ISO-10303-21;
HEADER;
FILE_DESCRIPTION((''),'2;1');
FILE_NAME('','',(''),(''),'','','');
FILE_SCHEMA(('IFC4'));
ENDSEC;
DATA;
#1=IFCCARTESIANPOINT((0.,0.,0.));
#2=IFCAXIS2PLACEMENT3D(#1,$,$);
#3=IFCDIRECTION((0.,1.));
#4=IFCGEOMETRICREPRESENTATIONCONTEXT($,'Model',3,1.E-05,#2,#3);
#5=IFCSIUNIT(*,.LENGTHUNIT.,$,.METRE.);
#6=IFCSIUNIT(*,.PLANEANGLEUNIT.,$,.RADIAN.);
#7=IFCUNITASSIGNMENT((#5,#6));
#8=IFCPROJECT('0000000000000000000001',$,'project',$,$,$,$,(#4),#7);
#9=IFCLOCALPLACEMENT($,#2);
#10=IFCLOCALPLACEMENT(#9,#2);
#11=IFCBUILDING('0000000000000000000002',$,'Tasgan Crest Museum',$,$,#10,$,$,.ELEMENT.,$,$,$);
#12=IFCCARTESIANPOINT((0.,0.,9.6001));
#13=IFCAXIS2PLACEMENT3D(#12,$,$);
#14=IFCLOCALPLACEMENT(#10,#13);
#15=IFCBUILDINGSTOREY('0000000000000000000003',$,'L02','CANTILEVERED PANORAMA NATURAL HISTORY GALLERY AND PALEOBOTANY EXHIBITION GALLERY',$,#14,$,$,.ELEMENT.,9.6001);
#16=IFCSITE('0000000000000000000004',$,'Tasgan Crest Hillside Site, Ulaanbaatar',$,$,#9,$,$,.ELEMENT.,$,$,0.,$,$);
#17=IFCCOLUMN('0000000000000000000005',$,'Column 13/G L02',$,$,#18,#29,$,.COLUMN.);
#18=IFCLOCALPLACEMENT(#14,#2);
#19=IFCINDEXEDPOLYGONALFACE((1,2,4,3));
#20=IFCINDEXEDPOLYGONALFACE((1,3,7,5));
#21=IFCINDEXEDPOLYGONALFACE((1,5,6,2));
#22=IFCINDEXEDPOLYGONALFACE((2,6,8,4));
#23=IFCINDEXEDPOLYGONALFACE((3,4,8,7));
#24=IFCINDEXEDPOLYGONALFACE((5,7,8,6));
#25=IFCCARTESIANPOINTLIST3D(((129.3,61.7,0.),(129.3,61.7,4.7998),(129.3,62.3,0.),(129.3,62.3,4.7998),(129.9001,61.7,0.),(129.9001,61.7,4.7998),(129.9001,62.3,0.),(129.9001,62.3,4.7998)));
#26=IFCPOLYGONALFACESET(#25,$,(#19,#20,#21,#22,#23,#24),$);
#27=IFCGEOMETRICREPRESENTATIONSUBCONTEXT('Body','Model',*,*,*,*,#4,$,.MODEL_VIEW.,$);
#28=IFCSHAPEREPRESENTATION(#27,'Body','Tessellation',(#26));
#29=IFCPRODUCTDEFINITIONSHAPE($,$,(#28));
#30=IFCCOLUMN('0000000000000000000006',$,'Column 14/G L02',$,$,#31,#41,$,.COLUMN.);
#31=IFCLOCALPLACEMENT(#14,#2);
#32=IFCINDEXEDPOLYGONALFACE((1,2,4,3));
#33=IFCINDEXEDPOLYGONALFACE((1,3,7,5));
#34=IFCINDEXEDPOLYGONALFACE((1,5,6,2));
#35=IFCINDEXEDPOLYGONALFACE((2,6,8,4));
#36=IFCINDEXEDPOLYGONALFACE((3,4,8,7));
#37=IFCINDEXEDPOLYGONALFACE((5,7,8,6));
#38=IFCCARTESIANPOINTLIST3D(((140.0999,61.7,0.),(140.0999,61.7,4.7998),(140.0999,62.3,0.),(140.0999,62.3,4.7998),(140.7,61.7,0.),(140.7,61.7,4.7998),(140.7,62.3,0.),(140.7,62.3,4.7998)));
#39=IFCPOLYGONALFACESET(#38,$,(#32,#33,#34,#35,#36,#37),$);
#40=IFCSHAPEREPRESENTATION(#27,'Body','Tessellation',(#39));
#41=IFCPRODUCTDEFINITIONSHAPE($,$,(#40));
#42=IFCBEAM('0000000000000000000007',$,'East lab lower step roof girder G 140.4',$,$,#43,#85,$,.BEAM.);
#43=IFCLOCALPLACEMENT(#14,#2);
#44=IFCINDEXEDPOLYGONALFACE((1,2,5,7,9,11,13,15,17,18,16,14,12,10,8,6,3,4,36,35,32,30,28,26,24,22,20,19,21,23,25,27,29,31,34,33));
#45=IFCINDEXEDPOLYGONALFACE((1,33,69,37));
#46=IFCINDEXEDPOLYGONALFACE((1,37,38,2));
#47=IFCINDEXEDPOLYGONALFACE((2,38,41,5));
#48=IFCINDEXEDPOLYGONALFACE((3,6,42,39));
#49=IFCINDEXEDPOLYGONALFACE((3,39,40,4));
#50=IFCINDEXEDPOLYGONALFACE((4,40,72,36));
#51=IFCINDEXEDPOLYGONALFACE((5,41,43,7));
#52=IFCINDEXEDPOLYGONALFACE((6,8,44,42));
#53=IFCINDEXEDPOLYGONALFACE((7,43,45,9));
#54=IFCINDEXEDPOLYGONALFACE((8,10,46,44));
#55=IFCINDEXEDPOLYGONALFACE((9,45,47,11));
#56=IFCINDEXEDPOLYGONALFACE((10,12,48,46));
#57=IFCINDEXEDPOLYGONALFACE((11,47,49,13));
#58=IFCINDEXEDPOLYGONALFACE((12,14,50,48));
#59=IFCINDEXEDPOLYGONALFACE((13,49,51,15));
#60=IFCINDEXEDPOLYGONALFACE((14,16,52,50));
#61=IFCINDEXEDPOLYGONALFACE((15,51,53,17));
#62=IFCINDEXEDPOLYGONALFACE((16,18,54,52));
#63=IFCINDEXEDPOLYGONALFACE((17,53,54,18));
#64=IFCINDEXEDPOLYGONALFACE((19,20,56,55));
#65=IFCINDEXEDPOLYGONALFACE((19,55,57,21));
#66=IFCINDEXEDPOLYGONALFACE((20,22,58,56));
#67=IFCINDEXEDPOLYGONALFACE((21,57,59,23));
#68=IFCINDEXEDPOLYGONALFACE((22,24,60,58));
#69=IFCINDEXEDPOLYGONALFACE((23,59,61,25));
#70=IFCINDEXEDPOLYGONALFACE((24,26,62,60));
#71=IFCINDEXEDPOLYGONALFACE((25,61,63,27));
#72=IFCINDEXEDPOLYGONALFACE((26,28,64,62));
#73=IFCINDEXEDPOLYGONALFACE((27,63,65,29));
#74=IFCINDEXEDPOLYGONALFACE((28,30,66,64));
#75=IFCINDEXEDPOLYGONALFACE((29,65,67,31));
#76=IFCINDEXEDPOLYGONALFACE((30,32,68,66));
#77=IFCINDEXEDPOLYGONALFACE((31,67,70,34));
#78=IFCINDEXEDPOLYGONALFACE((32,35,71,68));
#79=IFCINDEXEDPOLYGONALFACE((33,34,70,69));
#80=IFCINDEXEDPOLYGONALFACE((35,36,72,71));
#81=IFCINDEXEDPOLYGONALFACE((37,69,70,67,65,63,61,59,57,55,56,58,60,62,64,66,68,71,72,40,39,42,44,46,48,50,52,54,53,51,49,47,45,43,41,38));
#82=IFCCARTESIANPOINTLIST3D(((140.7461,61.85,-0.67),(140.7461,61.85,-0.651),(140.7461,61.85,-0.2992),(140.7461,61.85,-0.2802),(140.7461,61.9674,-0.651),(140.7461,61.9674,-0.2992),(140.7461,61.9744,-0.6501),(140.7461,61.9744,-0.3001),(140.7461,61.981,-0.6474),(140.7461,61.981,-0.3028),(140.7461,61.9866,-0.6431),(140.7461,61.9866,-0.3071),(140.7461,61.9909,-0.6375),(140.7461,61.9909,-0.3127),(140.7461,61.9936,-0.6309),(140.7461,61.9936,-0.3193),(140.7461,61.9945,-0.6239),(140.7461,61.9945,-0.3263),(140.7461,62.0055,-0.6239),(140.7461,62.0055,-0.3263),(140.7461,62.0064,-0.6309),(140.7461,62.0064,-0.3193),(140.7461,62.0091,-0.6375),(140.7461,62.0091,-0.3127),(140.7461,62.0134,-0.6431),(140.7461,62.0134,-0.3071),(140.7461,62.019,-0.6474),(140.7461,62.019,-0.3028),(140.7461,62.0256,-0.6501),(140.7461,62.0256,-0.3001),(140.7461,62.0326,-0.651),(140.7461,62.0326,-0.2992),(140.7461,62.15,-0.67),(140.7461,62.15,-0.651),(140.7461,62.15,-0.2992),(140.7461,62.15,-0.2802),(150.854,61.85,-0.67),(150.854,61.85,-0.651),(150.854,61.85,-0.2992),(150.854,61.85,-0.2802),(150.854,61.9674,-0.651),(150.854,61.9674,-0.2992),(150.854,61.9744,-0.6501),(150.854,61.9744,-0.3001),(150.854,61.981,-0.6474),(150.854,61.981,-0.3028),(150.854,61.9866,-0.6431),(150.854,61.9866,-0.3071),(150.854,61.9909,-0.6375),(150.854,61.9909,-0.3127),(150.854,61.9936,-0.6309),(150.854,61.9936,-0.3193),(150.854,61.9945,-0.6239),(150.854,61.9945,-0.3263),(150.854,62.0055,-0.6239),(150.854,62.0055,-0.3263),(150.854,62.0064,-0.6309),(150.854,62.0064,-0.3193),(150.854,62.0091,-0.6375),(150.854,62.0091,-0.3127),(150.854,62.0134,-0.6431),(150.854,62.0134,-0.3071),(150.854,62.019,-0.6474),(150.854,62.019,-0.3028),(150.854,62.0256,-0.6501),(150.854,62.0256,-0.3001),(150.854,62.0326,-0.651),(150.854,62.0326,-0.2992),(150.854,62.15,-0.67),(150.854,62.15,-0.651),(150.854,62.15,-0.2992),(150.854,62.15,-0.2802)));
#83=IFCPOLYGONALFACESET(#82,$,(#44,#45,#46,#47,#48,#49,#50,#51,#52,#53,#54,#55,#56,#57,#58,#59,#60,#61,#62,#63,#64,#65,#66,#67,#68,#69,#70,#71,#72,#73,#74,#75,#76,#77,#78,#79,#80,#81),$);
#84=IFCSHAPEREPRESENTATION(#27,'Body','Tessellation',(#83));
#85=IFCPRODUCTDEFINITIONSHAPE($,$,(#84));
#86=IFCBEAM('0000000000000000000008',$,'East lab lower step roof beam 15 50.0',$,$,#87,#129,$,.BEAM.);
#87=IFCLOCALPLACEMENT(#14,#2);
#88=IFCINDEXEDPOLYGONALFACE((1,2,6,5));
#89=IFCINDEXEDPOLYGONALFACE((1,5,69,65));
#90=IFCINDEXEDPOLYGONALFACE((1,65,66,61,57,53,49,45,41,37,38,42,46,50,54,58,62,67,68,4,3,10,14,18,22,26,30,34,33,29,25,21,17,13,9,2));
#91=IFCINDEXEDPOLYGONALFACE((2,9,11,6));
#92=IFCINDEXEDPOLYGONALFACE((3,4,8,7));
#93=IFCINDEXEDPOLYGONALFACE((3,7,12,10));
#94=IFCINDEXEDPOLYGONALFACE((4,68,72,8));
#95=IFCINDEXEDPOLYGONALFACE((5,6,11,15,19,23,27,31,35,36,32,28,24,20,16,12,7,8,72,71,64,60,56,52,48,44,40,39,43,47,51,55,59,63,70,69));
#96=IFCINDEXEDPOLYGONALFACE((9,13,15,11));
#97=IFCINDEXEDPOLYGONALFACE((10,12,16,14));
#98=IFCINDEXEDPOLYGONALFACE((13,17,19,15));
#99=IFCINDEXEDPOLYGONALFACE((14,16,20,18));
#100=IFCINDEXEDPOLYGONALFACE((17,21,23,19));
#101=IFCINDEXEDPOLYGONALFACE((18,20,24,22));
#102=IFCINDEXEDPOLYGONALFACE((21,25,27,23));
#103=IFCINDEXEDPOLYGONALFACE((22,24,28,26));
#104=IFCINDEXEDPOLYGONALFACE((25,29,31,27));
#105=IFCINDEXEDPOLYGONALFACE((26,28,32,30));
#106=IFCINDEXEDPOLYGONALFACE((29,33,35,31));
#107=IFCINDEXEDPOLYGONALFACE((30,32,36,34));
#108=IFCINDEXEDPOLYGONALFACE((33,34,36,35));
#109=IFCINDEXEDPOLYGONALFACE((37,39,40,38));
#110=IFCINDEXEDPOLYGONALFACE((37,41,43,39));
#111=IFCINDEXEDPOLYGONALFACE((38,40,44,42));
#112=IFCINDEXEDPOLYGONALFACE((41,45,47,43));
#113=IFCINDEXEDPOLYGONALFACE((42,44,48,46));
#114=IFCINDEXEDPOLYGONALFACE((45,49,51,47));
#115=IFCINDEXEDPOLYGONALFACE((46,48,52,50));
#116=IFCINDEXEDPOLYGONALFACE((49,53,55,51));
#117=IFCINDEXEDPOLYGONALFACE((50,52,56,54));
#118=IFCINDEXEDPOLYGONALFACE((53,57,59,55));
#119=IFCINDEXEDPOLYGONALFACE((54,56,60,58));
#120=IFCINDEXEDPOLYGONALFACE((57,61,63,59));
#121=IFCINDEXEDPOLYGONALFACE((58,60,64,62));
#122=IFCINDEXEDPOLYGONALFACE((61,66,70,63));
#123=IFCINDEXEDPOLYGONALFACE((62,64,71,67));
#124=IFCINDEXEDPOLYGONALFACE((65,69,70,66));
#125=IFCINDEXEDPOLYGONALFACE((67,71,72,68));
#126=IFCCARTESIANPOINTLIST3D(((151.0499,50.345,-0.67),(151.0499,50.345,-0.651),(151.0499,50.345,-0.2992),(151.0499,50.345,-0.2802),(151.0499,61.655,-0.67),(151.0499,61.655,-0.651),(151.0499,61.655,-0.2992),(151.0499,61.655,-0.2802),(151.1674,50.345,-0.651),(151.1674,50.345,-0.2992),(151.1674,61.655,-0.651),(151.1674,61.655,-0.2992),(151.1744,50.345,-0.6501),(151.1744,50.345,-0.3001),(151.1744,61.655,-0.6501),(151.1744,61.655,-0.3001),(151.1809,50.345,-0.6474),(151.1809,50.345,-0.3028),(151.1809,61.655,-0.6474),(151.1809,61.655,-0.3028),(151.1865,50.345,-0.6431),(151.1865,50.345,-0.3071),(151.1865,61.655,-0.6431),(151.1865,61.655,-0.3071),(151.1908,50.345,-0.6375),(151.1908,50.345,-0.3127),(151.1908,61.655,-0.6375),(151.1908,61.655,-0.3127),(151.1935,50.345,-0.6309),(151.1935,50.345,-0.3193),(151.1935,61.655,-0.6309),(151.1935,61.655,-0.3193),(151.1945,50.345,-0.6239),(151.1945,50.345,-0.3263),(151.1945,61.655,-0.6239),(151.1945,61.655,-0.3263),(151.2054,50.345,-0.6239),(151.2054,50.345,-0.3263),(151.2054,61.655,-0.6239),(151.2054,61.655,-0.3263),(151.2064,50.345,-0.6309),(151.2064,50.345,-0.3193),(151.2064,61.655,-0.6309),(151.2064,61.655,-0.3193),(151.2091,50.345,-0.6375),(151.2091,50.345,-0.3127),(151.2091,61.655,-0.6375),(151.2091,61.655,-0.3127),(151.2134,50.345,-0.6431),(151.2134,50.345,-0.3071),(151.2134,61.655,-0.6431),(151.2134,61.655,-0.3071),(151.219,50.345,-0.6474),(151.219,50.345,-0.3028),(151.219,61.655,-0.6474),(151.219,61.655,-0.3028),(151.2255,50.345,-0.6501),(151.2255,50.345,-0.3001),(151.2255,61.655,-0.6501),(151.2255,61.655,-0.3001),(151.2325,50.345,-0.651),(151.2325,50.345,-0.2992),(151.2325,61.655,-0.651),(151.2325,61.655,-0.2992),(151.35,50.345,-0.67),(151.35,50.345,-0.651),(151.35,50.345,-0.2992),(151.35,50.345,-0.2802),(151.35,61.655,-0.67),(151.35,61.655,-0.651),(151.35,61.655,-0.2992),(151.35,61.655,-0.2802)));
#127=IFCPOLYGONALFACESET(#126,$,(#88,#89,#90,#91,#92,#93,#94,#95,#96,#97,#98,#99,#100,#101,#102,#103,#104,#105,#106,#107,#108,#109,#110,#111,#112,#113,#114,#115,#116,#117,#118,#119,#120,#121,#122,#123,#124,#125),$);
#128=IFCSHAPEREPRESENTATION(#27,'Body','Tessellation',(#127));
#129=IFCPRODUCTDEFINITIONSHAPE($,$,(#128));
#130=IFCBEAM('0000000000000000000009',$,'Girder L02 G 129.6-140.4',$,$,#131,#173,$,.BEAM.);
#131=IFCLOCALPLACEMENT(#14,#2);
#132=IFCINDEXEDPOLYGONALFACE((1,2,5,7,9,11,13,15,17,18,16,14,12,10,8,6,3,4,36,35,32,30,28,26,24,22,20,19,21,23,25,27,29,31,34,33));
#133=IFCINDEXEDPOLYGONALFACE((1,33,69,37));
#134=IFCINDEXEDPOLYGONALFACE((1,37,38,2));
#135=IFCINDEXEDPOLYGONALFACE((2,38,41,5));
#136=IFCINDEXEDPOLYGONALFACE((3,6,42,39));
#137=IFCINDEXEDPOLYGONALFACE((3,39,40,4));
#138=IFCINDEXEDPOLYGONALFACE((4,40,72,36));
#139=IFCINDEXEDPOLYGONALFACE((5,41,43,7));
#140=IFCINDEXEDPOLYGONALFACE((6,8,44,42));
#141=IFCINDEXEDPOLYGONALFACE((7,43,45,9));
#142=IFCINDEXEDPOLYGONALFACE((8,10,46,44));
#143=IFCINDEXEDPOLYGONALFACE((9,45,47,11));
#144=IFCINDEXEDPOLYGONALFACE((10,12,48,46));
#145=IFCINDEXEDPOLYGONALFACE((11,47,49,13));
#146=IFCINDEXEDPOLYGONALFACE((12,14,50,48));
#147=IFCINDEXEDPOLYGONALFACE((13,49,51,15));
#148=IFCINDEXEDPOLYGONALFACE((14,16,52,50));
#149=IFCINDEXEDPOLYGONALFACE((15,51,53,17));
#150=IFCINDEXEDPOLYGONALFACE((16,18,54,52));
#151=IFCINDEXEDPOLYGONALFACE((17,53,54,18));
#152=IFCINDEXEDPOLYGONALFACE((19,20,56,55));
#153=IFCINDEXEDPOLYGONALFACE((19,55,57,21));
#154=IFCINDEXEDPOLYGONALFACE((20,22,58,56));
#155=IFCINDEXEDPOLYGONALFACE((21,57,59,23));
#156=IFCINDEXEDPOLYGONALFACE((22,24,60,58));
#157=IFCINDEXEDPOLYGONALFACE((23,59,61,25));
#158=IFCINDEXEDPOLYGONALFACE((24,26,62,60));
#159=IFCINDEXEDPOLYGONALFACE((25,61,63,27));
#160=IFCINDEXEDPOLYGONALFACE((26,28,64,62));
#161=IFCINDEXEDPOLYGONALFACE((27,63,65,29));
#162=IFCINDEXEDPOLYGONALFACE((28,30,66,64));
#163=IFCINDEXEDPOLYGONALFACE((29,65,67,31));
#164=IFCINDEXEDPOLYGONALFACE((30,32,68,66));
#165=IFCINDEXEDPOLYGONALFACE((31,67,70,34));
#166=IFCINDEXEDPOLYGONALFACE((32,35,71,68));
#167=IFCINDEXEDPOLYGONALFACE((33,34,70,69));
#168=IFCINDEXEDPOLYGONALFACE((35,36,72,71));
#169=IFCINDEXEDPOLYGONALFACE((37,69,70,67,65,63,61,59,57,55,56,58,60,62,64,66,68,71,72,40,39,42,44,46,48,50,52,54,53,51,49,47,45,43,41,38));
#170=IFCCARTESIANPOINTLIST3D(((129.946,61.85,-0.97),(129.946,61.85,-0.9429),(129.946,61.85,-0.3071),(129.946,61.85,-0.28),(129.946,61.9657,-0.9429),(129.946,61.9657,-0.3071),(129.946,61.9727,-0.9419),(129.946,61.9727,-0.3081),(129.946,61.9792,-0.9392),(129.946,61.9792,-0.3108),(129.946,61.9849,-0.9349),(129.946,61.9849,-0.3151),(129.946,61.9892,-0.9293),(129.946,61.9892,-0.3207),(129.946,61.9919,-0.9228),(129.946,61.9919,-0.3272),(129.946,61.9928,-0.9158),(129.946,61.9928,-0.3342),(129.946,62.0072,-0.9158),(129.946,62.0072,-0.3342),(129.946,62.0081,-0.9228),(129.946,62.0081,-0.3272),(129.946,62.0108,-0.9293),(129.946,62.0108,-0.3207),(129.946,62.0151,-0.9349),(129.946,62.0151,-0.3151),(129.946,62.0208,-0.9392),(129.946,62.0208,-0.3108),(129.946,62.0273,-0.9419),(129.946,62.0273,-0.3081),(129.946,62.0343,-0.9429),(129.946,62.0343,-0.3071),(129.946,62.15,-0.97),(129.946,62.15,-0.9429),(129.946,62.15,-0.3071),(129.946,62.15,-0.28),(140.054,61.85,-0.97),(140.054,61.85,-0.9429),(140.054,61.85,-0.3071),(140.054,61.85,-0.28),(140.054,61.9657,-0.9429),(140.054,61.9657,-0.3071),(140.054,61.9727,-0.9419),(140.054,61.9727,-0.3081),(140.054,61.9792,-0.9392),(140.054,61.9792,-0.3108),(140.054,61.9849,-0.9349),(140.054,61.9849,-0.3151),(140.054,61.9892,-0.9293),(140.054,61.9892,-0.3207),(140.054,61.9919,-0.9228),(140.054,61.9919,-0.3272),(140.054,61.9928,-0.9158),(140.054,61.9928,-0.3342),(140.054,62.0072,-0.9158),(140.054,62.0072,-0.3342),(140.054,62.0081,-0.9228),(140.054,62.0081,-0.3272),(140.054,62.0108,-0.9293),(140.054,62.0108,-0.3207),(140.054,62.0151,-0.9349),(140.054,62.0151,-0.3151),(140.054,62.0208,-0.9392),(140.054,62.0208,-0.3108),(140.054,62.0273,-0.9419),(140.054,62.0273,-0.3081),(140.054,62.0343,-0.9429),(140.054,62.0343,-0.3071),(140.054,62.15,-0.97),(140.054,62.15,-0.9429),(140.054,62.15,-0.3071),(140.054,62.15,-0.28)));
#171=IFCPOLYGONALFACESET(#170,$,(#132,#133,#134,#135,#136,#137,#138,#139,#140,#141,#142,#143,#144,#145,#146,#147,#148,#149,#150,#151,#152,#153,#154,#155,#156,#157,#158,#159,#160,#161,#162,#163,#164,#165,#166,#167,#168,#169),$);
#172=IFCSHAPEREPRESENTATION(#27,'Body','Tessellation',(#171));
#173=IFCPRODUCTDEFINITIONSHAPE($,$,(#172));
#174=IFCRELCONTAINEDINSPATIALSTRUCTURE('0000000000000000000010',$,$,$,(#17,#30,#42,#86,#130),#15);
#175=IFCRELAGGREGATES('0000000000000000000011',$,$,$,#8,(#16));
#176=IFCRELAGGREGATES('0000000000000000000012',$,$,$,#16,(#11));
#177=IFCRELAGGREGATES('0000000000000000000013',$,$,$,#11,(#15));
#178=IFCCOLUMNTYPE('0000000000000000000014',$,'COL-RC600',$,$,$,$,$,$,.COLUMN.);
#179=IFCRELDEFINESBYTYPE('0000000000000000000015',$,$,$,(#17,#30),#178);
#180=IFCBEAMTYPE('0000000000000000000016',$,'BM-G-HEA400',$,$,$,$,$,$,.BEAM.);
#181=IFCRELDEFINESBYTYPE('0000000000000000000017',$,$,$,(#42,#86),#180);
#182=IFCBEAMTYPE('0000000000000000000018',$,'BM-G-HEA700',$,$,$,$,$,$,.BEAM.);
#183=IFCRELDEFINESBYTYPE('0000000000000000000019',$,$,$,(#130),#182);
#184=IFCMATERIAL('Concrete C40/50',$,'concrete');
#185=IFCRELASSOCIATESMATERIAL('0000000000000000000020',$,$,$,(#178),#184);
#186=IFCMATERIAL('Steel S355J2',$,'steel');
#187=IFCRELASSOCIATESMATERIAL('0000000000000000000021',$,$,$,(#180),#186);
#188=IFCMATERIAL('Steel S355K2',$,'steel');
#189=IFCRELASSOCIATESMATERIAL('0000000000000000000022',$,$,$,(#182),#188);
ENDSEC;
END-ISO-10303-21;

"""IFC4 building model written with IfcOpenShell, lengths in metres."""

from ifc_helpers import new_model, si_unit, direction, frame, origin, origin_2d, place, context, subcontext, project, spatial, rectangle, i_section, extrude, material, material_profile, profile_set, type_object, element, save


model = new_model("IFC4")

# Units and contexts
model_context = context("Model", 3, precision=1e-05, world=origin(), true_north=direction((0.0, 1.0)))
body_context = subcontext(model_context, "Body", "Model", "MODEL_VIEW")
ifc_project = project(units=[si_unit("LENGTHUNIT", "METRE"), si_unit("PLANEANGLEUNIT", "RADIAN")], contexts=[model_context])

# Site, building, storey
site_placement = place(None, origin())
site = spatial("IfcSite", under=ifc_project, at=site_placement, Name="Tasgan Crest Hillside Site, Ulaanbaatar", CompositionType="ELEMENT", RefElevation=0.0)
building_placement = place(site_placement, origin())
building = spatial("IfcBuilding", under=site, at=building_placement, Name="Tasgan Crest Museum", CompositionType="ELEMENT")
storey_placement = place(building_placement, frame((0.0, 0.0, 9.6001)))
storey = spatial("IfcBuildingStorey", under=building, at=storey_placement, Name="L02", Description="CANTILEVERED PANORAMA NATURAL HISTORY GALLERY AND PALEOBOTANY EXHIBITION GALLERY", CompositionType="ELEMENT", Elevation=9.6001)

# Columns
ifc_material_1 = material(Name="Concrete C40/50", Category="concrete")
ifc_material_profile_1 = material_profile(ifc_material_1, rectangle(XDim=0.6001, YDim=0.6001, at=origin_2d()), Name="RC 600x600")
ifc_profile_set_1 = profile_set([ifc_material_profile_1], Name="Concrete C40/50")
column_type = type_object("IfcColumnType", Name="COL-RC600", PredefinedType="COLUMN", material=ifc_profile_set_1)
for number, where, z_axis, x_axis, name in (
    (1, (129.6001, 62.0, 0.0), (0.0, 0.0, 1.0), (1.0, 0.0, 0.0), "Column 13/G L02"),
    (2, (140.3999, 62.0, 0.0), (0.0, 0.0, 1.0), (1.0, 0.0, 0.0), "Column 14/G L02"),
):
    element("IfcColumn", number, at=place(storey_placement, frame(where, z_axis=z_axis, x_axis=x_axis)), inside=storey, type_object=column_type, Name=name, PredefinedType="COLUMN", context=body_context, shape_type="SweptSolid", body=[
        extrude(rectangle(XDim=0.6001, YDim=0.6001, at=origin_2d()), origin(), (0.0, 0.0, 1.0), 4.7998),
    ])

# Beams
ifc_material_2 = material(Name="Steel S355J2", Category="steel")
ifc_material_profile_2 = material_profile(ifc_material_2, i_section(OverallWidth=0.3, OverallDepth=0.3899, WebThickness=0.011, FlangeThickness=0.019, FilletRadius=0.0271, at=origin_2d()), Name="HEA 400")
ifc_profile_set_2 = profile_set([ifc_material_profile_2], Name="Steel S355J2")
beam_type_1 = type_object("IfcBeamType", Name="BM-G-HEA400", PredefinedType="BEAM", material=ifc_profile_set_2)
beam_1_placement = place(storey_placement, frame((140.7461, 62.0, -0.4751), z_axis=(1.0, 0.0, 0.0), x_axis=(0.0, 1.0, 0.0)))
element("IfcBeam", 3, at=beam_1_placement, inside=storey, type_object=beam_type_1, Name="East lab lower step roof girder G 140.4", PredefinedType="BEAM", context=body_context, shape_type="SweptSolid", body=[
    extrude(i_section(OverallWidth=0.3, OverallDepth=0.3899, WebThickness=0.011, FlangeThickness=0.019, FilletRadius=0.0271, at=origin_2d()), origin(), (0.0, 0.0, 1.0), 10.1079),
])
beam_2_placement = place(storey_placement, frame((151.2, 50.345, -0.4751), z_axis=(0.0, 1.0, 0.0), x_axis=(-1.0, 0.0, 0.0)))
element("IfcBeam", 4, at=beam_2_placement, inside=storey, type_object=beam_type_1, Name="East lab lower step roof beam 15 50.0", PredefinedType="BEAM", context=body_context, shape_type="SweptSolid", body=[
    extrude(i_section(OverallWidth=0.3, OverallDepth=0.3899, WebThickness=0.011, FlangeThickness=0.019, FilletRadius=0.0271, at=origin_2d()), origin(), (0.0, 0.0, 1.0), 11.3101),
])
ifc_material_3 = material(Name="Steel S355K2", Category="steel")
ifc_material_profile_3 = material_profile(ifc_material_3, i_section(OverallWidth=0.3, OverallDepth=0.6899, WebThickness=0.0144, FlangeThickness=0.0271, FilletRadius=0.0271, at=origin_2d()), Name="HEA 700")
ifc_profile_set_3 = profile_set([ifc_material_profile_3], Name="Steel S355K2")
beam_type_2 = type_object("IfcBeamType", Name="BM-G-HEA700", PredefinedType="BEAM", material=ifc_profile_set_3)
beam_3_placement = place(storey_placement, frame((129.946, 62.0, -0.625), z_axis=(1.0, 0.0, 0.0), x_axis=(0.0, 1.0, 0.0)))
element("IfcBeam", 5, at=beam_3_placement, inside=storey, type_object=beam_type_2, Name="Girder L02 G 129.6-140.4", PredefinedType="BEAM", context=body_context, shape_type="SweptSolid", body=[
    extrude(i_section(OverallWidth=0.3, OverallDepth=0.6899, WebThickness=0.0144, FlangeThickness=0.0271, FilletRadius=0.0271, at=origin_2d()), origin(), (0.0, 0.0, 1.0), 10.1079),
])

save(model, "model.ifc")
